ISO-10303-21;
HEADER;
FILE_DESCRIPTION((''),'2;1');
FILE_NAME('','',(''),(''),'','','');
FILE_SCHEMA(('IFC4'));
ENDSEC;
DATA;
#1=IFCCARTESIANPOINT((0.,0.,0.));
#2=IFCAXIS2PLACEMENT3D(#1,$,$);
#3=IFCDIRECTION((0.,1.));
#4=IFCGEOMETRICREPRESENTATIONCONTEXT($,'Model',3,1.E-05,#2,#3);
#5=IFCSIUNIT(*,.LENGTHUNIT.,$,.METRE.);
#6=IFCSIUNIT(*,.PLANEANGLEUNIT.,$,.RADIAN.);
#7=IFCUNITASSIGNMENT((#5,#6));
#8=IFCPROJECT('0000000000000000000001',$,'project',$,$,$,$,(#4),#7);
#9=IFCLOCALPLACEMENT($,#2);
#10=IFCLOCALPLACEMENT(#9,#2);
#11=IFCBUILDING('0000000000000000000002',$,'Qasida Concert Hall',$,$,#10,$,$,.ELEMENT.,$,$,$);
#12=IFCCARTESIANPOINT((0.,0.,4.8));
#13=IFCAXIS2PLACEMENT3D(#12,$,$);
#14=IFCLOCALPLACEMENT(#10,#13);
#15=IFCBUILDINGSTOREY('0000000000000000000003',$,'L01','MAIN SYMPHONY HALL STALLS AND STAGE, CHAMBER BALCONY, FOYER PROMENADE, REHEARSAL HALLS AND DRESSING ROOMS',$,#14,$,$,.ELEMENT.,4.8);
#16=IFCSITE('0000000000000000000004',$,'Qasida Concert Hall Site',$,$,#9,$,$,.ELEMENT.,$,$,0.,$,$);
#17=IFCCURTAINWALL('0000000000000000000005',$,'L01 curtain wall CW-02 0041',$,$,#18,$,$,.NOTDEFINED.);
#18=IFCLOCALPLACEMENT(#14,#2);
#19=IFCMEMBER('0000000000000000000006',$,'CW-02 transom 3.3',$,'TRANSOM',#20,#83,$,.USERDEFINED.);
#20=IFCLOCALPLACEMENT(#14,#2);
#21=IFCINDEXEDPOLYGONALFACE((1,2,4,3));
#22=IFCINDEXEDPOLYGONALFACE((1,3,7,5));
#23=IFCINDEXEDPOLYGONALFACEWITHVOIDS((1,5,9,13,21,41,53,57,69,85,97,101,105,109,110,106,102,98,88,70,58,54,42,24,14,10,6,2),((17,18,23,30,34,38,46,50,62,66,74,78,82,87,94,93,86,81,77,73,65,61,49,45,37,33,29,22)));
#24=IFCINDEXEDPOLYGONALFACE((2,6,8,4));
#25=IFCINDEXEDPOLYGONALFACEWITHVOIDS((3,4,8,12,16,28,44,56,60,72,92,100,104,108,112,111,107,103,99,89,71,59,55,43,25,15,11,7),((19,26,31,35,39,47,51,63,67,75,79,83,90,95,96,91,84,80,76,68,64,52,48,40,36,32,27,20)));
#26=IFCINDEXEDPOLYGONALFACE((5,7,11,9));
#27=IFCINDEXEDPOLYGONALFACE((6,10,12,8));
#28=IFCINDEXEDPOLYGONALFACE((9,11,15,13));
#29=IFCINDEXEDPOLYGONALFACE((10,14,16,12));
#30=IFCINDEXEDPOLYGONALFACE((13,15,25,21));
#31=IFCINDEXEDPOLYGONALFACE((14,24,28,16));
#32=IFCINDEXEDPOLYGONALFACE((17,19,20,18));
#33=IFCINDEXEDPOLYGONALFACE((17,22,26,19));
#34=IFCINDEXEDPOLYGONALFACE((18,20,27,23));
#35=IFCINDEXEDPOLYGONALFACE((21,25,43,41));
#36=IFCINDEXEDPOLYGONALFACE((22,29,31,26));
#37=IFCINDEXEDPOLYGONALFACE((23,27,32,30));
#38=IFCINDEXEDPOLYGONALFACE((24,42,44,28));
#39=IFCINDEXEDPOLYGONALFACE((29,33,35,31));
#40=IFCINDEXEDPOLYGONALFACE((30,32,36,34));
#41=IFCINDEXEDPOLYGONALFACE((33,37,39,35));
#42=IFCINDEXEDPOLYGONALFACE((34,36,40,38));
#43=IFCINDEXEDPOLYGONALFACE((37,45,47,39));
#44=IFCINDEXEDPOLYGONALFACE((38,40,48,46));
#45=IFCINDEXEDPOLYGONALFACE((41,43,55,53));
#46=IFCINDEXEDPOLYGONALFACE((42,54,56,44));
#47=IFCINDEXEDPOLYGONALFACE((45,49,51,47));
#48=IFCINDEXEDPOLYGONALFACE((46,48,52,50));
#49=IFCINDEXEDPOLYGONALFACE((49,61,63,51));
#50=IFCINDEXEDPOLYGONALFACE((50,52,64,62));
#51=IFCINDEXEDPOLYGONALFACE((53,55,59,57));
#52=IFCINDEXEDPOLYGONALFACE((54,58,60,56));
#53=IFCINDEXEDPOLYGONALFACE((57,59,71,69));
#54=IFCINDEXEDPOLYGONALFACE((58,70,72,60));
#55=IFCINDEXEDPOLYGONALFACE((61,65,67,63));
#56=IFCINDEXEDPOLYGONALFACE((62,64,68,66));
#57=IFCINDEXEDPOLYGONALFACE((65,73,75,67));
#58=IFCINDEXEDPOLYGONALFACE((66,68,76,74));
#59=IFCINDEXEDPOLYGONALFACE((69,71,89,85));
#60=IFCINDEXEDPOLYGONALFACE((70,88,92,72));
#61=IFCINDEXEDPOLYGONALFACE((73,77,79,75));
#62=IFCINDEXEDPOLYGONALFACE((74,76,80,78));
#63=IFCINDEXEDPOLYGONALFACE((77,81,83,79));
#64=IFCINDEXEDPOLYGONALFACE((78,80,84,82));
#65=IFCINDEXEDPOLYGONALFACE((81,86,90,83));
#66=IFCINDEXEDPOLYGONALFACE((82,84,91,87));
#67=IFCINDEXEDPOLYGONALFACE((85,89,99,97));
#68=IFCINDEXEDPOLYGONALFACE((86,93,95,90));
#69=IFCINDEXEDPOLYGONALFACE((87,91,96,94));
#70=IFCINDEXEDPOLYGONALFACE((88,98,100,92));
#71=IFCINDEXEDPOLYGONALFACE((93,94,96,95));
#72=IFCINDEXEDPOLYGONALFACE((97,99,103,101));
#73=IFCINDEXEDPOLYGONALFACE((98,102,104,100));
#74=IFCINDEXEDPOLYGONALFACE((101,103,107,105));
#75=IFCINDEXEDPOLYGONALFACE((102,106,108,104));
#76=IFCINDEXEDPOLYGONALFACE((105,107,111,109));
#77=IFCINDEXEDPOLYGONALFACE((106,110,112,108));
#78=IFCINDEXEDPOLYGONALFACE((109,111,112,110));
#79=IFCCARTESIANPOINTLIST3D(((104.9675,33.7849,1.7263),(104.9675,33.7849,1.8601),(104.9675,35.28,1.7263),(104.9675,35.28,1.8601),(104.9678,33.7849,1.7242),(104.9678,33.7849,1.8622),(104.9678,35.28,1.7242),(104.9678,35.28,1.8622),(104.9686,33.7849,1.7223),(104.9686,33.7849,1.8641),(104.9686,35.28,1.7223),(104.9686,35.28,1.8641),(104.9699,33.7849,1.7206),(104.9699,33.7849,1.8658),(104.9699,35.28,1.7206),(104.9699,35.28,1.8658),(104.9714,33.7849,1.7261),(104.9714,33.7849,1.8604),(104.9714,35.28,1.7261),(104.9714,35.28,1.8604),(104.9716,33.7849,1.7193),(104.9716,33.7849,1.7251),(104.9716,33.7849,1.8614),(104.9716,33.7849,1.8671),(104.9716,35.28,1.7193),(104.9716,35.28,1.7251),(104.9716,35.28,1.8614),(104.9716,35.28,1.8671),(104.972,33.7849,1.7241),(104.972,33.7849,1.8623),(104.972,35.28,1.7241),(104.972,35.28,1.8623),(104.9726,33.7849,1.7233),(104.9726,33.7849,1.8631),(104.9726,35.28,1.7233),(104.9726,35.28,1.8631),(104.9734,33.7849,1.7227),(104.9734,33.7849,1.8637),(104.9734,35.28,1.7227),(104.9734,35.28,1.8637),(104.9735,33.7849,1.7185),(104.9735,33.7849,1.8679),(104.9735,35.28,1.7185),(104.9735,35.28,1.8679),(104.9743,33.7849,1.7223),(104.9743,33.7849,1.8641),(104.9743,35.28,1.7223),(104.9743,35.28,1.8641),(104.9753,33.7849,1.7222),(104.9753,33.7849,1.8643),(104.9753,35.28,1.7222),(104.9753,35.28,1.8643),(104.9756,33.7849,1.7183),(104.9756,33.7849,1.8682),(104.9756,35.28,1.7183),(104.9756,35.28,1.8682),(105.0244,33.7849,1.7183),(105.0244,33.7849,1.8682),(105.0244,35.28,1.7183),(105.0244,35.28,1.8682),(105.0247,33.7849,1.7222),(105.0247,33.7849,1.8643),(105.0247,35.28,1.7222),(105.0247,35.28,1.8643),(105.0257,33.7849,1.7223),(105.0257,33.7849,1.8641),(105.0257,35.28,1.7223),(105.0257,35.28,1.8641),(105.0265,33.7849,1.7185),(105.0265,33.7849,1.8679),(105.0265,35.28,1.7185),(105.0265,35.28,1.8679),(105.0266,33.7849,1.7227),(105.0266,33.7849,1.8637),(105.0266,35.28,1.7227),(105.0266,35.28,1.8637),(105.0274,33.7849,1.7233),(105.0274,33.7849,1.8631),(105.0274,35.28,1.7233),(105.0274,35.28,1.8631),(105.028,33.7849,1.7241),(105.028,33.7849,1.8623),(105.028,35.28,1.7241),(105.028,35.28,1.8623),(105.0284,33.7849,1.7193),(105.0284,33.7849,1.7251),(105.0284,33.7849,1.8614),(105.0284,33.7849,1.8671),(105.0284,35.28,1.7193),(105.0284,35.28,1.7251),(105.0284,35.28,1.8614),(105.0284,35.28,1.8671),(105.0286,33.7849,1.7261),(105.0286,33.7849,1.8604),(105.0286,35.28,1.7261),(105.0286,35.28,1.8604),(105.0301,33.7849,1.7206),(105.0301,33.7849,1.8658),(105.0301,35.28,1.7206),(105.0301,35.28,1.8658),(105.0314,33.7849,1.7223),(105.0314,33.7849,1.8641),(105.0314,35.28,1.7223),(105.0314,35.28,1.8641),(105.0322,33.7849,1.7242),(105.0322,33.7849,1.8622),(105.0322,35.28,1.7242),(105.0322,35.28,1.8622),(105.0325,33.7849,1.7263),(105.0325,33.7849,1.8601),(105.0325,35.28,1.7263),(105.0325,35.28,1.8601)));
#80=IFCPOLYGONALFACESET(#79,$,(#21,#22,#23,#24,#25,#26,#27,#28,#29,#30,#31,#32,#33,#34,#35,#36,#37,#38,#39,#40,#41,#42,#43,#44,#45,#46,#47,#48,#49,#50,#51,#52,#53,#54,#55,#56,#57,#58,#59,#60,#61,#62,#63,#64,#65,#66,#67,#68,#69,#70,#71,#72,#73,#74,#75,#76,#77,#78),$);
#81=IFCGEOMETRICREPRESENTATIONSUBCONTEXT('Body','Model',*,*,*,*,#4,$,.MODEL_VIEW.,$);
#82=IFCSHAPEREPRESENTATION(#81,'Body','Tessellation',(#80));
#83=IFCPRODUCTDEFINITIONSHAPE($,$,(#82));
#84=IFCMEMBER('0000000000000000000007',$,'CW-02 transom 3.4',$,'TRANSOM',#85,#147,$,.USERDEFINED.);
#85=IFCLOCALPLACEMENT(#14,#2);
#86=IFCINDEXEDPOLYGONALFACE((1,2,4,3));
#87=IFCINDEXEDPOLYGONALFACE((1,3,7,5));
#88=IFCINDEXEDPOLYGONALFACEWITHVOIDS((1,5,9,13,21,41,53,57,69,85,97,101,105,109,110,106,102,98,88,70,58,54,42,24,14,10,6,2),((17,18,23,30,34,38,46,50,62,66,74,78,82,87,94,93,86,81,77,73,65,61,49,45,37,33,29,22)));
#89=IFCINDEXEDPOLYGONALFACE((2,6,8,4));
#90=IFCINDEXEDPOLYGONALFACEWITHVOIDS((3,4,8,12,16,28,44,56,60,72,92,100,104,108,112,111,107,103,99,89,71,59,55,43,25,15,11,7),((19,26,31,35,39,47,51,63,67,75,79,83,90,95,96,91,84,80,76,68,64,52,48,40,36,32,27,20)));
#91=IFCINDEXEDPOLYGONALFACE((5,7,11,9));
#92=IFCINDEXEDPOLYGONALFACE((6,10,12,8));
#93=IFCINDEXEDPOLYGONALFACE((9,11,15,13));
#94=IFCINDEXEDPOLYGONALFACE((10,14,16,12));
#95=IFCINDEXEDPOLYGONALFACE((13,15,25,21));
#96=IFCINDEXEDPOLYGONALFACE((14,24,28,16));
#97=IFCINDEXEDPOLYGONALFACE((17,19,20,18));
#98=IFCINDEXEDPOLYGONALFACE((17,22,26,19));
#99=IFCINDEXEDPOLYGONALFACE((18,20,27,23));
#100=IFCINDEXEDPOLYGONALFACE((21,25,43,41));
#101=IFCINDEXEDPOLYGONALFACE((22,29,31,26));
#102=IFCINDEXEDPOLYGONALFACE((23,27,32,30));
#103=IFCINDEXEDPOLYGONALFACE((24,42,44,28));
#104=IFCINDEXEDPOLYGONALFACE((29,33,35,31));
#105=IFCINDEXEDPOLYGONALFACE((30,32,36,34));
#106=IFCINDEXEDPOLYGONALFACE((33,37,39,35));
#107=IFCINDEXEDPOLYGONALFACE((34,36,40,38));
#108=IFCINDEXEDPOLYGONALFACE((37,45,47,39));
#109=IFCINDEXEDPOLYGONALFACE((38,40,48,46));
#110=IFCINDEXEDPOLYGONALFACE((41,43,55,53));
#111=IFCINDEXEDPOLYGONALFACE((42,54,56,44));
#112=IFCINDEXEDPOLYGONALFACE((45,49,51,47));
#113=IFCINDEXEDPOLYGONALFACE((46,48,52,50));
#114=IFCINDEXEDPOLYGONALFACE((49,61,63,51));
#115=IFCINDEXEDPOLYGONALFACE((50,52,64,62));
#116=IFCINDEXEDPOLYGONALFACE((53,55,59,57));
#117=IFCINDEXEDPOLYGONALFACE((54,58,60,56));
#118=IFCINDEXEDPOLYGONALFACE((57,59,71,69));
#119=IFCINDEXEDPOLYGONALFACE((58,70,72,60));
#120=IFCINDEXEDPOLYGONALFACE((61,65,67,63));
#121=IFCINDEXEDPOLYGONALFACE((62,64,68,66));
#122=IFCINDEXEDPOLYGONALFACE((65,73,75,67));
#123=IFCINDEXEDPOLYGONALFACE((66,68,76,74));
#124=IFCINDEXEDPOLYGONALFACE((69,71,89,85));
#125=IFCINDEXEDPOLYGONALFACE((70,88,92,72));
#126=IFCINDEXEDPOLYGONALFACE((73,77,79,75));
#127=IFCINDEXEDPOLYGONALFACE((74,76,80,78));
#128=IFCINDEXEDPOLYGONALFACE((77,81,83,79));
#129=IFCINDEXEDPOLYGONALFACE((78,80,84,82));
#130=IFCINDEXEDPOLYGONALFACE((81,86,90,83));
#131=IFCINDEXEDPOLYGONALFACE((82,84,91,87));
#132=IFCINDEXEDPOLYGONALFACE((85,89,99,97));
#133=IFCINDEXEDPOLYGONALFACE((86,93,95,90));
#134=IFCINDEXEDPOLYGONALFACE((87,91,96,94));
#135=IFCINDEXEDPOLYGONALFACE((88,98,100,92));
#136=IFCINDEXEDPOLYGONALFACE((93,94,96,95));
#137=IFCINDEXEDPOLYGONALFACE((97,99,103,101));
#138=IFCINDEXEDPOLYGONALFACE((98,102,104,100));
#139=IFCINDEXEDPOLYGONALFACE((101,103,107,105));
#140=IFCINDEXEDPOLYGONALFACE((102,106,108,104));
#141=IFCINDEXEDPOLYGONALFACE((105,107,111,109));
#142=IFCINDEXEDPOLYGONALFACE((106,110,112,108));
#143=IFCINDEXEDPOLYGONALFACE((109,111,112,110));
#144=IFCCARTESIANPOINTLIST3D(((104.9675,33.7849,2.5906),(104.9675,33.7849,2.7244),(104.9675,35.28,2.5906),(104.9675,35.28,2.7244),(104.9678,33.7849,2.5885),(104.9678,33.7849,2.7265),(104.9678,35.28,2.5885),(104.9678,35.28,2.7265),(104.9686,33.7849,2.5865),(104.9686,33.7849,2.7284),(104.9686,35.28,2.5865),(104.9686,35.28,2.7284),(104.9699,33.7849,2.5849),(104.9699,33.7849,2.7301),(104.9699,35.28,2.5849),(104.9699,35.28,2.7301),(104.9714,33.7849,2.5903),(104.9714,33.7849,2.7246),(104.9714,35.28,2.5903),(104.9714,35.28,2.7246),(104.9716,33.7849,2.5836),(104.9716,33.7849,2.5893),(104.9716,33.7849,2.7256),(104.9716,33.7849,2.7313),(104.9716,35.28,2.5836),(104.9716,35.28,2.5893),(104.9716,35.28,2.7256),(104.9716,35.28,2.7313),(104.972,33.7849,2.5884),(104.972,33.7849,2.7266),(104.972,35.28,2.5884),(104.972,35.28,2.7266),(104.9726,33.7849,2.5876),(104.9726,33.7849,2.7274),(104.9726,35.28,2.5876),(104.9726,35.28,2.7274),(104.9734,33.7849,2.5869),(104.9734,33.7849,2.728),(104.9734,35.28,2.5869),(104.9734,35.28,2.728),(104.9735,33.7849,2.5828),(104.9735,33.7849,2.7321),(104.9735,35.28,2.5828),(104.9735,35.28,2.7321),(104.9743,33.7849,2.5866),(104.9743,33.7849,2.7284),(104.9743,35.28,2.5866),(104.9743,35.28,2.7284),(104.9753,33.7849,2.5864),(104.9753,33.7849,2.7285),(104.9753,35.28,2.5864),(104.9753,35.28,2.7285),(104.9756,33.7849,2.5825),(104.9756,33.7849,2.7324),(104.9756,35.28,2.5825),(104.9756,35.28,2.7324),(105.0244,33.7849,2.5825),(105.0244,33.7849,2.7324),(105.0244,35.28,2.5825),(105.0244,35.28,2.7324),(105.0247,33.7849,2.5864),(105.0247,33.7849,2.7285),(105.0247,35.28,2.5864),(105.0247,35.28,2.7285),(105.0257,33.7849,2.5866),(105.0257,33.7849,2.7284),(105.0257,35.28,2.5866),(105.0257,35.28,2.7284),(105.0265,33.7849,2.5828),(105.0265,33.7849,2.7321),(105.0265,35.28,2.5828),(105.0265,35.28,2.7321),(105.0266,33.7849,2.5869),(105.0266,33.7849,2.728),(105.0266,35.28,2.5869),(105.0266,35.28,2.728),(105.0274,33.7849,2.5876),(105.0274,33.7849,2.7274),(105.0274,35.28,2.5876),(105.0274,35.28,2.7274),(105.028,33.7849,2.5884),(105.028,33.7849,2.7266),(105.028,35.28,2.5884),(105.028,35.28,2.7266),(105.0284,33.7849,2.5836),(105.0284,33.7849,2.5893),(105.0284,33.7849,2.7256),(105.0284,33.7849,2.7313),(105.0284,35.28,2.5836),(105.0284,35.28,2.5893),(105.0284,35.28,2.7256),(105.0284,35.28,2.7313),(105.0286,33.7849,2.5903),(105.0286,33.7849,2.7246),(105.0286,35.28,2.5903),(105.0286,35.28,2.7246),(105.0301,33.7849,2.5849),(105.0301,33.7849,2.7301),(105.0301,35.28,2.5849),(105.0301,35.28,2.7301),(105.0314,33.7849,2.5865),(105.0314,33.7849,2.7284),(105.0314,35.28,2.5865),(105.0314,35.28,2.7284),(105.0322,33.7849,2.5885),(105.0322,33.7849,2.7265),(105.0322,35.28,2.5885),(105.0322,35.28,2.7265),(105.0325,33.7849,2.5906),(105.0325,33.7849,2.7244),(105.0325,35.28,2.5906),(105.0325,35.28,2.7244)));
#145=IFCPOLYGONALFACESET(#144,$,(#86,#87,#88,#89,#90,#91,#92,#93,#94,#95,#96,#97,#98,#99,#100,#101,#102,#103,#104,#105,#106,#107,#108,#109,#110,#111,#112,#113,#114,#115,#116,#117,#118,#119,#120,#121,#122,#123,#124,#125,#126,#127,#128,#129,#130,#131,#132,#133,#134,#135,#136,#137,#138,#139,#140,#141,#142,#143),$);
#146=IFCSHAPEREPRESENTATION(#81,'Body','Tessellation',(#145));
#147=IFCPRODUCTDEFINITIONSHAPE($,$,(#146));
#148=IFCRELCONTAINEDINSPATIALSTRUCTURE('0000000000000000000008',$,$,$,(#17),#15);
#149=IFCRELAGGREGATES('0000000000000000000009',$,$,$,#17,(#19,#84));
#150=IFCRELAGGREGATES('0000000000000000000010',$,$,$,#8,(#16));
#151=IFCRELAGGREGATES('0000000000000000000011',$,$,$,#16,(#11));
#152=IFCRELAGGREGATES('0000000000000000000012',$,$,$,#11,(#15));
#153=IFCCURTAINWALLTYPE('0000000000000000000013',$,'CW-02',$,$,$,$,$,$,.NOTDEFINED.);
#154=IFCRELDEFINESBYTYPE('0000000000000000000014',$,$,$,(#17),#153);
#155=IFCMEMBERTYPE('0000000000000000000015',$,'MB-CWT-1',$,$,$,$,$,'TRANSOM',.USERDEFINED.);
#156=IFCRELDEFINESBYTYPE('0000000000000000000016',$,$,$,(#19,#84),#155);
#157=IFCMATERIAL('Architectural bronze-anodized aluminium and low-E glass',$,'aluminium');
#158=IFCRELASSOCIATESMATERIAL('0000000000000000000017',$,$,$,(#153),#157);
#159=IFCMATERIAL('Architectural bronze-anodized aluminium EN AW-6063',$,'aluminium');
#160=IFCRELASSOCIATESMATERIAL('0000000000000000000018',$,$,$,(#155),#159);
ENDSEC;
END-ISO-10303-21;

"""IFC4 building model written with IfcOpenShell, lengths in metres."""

from ifc_helpers import new_model, si_unit, direction, frame, origin, origin_2d, place, context, subcontext, project, spatial, hollow_rectangle, extrude, material, material_profile, profile_set, type_object, element, aggregate, save


model = new_model("IFC4")

# Units and contexts
model_context = context("Model", 3, precision=1e-05, world=origin(), true_north=direction((0.0, 1.0)))
body_context = subcontext(model_context, "Body", "Model", "MODEL_VIEW")
ifc_project = project(units=[si_unit("LENGTHUNIT", "METRE"), si_unit("PLANEANGLEUNIT", "RADIAN")], contexts=[model_context])

# Site, building, storey
site_placement = place(None, origin())
site = spatial("IfcSite", under=ifc_project, at=site_placement, Name="Qasida Concert Hall Site", CompositionType="ELEMENT", RefElevation=0.0)
building_placement = place(site_placement, origin())
building = spatial("IfcBuilding", under=site, at=building_placement, Name="Qasida Concert Hall", CompositionType="ELEMENT")
storey_placement = place(building_placement, frame((0.0, 0.0, 4.8)))
storey = spatial("IfcBuildingStorey", under=building, at=storey_placement, Name="L01", Description="MAIN SYMPHONY HALL STALLS AND STAGE, CHAMBER BALCONY, FOYER PROMENADE, REHEARSAL HALLS AND DRESSING ROOMS", CompositionType="ELEMENT", Elevation=4.8)

# Curtain wall, members
ifc_material_1 = material(Name="Architectural bronze-anodized aluminium and low-E glass", Category="aluminium")
curtain_wall_type = type_object("IfcCurtainWallType", Name="CW-02", PredefinedType="NOTDEFINED", material=ifc_material_1)
curtain_wall_placement = place(storey_placement, origin())
curtain_wall = element("IfcCurtainWall", 1, at=curtain_wall_placement, inside=storey, type_object=curtain_wall_type, Name="L01 curtain wall CW-02 0041", PredefinedType="NOTDEFINED")
ifc_material_2 = material(Name="Architectural bronze-anodized aluminium EN AW-6063", Category="aluminium")
ifc_material_profile_1 = material_profile(ifc_material_2, hollow_rectangle(XDim=0.0649, YDim=0.1499, WallThickness=0.0039, InnerFilletRadius=0.0039, OuterFilletRadius=0.0081, at=origin_2d()), Name="CWT 150x65x4")
ifc_profile_set_1 = profile_set([ifc_material_profile_1], Name="Architectural bronze-anodized aluminium EN AW-6063")
member_type_1 = type_object("IfcMemberType", Name="MB-CWT-1", ElementType="TRANSOM", PredefinedType="USERDEFINED", material=ifc_profile_set_1)
member_1_placement = place(storey_placement, frame((105.0, 33.7849, 1.7932), z_axis=(0.0, 1.0, 0.0), x_axis=(-1.0, 0.0, 0.0)))
member_1 = element("IfcMember", 2, at=member_1_placement, type_object=member_type_1, Name="CW-02 transom 3.3", ObjectType="TRANSOM", PredefinedType="USERDEFINED", context=body_context, shape_type="SweptSolid", body=[
    extrude(hollow_rectangle(XDim=0.0649, YDim=0.1499, WallThickness=0.0039, InnerFilletRadius=0.0039, OuterFilletRadius=0.0081, at=origin_2d()), origin(), (0.0, 0.0, 1.0), 1.4951),
])
member_2_placement = place(storey_placement, frame((105.0, 33.7849, 2.6575), z_axis=(0.0, 1.0, 0.0), x_axis=(-1.0, 0.0, 0.0)))
member_2 = element("IfcMember", 3, at=member_2_placement, type_object=member_type_1, Name="CW-02 transom 3.4", ObjectType="TRANSOM", PredefinedType="USERDEFINED", context=body_context, shape_type="SweptSolid", body=[
    extrude(hollow_rectangle(XDim=0.0649, YDim=0.1499, WallThickness=0.0039, InnerFilletRadius=0.0039, OuterFilletRadius=0.0081, at=origin_2d()), origin(), (0.0, 0.0, 1.0), 1.4951),
])
aggregate(curtain_wall, [member_1, member_2])

save(model, "model.ifc")
